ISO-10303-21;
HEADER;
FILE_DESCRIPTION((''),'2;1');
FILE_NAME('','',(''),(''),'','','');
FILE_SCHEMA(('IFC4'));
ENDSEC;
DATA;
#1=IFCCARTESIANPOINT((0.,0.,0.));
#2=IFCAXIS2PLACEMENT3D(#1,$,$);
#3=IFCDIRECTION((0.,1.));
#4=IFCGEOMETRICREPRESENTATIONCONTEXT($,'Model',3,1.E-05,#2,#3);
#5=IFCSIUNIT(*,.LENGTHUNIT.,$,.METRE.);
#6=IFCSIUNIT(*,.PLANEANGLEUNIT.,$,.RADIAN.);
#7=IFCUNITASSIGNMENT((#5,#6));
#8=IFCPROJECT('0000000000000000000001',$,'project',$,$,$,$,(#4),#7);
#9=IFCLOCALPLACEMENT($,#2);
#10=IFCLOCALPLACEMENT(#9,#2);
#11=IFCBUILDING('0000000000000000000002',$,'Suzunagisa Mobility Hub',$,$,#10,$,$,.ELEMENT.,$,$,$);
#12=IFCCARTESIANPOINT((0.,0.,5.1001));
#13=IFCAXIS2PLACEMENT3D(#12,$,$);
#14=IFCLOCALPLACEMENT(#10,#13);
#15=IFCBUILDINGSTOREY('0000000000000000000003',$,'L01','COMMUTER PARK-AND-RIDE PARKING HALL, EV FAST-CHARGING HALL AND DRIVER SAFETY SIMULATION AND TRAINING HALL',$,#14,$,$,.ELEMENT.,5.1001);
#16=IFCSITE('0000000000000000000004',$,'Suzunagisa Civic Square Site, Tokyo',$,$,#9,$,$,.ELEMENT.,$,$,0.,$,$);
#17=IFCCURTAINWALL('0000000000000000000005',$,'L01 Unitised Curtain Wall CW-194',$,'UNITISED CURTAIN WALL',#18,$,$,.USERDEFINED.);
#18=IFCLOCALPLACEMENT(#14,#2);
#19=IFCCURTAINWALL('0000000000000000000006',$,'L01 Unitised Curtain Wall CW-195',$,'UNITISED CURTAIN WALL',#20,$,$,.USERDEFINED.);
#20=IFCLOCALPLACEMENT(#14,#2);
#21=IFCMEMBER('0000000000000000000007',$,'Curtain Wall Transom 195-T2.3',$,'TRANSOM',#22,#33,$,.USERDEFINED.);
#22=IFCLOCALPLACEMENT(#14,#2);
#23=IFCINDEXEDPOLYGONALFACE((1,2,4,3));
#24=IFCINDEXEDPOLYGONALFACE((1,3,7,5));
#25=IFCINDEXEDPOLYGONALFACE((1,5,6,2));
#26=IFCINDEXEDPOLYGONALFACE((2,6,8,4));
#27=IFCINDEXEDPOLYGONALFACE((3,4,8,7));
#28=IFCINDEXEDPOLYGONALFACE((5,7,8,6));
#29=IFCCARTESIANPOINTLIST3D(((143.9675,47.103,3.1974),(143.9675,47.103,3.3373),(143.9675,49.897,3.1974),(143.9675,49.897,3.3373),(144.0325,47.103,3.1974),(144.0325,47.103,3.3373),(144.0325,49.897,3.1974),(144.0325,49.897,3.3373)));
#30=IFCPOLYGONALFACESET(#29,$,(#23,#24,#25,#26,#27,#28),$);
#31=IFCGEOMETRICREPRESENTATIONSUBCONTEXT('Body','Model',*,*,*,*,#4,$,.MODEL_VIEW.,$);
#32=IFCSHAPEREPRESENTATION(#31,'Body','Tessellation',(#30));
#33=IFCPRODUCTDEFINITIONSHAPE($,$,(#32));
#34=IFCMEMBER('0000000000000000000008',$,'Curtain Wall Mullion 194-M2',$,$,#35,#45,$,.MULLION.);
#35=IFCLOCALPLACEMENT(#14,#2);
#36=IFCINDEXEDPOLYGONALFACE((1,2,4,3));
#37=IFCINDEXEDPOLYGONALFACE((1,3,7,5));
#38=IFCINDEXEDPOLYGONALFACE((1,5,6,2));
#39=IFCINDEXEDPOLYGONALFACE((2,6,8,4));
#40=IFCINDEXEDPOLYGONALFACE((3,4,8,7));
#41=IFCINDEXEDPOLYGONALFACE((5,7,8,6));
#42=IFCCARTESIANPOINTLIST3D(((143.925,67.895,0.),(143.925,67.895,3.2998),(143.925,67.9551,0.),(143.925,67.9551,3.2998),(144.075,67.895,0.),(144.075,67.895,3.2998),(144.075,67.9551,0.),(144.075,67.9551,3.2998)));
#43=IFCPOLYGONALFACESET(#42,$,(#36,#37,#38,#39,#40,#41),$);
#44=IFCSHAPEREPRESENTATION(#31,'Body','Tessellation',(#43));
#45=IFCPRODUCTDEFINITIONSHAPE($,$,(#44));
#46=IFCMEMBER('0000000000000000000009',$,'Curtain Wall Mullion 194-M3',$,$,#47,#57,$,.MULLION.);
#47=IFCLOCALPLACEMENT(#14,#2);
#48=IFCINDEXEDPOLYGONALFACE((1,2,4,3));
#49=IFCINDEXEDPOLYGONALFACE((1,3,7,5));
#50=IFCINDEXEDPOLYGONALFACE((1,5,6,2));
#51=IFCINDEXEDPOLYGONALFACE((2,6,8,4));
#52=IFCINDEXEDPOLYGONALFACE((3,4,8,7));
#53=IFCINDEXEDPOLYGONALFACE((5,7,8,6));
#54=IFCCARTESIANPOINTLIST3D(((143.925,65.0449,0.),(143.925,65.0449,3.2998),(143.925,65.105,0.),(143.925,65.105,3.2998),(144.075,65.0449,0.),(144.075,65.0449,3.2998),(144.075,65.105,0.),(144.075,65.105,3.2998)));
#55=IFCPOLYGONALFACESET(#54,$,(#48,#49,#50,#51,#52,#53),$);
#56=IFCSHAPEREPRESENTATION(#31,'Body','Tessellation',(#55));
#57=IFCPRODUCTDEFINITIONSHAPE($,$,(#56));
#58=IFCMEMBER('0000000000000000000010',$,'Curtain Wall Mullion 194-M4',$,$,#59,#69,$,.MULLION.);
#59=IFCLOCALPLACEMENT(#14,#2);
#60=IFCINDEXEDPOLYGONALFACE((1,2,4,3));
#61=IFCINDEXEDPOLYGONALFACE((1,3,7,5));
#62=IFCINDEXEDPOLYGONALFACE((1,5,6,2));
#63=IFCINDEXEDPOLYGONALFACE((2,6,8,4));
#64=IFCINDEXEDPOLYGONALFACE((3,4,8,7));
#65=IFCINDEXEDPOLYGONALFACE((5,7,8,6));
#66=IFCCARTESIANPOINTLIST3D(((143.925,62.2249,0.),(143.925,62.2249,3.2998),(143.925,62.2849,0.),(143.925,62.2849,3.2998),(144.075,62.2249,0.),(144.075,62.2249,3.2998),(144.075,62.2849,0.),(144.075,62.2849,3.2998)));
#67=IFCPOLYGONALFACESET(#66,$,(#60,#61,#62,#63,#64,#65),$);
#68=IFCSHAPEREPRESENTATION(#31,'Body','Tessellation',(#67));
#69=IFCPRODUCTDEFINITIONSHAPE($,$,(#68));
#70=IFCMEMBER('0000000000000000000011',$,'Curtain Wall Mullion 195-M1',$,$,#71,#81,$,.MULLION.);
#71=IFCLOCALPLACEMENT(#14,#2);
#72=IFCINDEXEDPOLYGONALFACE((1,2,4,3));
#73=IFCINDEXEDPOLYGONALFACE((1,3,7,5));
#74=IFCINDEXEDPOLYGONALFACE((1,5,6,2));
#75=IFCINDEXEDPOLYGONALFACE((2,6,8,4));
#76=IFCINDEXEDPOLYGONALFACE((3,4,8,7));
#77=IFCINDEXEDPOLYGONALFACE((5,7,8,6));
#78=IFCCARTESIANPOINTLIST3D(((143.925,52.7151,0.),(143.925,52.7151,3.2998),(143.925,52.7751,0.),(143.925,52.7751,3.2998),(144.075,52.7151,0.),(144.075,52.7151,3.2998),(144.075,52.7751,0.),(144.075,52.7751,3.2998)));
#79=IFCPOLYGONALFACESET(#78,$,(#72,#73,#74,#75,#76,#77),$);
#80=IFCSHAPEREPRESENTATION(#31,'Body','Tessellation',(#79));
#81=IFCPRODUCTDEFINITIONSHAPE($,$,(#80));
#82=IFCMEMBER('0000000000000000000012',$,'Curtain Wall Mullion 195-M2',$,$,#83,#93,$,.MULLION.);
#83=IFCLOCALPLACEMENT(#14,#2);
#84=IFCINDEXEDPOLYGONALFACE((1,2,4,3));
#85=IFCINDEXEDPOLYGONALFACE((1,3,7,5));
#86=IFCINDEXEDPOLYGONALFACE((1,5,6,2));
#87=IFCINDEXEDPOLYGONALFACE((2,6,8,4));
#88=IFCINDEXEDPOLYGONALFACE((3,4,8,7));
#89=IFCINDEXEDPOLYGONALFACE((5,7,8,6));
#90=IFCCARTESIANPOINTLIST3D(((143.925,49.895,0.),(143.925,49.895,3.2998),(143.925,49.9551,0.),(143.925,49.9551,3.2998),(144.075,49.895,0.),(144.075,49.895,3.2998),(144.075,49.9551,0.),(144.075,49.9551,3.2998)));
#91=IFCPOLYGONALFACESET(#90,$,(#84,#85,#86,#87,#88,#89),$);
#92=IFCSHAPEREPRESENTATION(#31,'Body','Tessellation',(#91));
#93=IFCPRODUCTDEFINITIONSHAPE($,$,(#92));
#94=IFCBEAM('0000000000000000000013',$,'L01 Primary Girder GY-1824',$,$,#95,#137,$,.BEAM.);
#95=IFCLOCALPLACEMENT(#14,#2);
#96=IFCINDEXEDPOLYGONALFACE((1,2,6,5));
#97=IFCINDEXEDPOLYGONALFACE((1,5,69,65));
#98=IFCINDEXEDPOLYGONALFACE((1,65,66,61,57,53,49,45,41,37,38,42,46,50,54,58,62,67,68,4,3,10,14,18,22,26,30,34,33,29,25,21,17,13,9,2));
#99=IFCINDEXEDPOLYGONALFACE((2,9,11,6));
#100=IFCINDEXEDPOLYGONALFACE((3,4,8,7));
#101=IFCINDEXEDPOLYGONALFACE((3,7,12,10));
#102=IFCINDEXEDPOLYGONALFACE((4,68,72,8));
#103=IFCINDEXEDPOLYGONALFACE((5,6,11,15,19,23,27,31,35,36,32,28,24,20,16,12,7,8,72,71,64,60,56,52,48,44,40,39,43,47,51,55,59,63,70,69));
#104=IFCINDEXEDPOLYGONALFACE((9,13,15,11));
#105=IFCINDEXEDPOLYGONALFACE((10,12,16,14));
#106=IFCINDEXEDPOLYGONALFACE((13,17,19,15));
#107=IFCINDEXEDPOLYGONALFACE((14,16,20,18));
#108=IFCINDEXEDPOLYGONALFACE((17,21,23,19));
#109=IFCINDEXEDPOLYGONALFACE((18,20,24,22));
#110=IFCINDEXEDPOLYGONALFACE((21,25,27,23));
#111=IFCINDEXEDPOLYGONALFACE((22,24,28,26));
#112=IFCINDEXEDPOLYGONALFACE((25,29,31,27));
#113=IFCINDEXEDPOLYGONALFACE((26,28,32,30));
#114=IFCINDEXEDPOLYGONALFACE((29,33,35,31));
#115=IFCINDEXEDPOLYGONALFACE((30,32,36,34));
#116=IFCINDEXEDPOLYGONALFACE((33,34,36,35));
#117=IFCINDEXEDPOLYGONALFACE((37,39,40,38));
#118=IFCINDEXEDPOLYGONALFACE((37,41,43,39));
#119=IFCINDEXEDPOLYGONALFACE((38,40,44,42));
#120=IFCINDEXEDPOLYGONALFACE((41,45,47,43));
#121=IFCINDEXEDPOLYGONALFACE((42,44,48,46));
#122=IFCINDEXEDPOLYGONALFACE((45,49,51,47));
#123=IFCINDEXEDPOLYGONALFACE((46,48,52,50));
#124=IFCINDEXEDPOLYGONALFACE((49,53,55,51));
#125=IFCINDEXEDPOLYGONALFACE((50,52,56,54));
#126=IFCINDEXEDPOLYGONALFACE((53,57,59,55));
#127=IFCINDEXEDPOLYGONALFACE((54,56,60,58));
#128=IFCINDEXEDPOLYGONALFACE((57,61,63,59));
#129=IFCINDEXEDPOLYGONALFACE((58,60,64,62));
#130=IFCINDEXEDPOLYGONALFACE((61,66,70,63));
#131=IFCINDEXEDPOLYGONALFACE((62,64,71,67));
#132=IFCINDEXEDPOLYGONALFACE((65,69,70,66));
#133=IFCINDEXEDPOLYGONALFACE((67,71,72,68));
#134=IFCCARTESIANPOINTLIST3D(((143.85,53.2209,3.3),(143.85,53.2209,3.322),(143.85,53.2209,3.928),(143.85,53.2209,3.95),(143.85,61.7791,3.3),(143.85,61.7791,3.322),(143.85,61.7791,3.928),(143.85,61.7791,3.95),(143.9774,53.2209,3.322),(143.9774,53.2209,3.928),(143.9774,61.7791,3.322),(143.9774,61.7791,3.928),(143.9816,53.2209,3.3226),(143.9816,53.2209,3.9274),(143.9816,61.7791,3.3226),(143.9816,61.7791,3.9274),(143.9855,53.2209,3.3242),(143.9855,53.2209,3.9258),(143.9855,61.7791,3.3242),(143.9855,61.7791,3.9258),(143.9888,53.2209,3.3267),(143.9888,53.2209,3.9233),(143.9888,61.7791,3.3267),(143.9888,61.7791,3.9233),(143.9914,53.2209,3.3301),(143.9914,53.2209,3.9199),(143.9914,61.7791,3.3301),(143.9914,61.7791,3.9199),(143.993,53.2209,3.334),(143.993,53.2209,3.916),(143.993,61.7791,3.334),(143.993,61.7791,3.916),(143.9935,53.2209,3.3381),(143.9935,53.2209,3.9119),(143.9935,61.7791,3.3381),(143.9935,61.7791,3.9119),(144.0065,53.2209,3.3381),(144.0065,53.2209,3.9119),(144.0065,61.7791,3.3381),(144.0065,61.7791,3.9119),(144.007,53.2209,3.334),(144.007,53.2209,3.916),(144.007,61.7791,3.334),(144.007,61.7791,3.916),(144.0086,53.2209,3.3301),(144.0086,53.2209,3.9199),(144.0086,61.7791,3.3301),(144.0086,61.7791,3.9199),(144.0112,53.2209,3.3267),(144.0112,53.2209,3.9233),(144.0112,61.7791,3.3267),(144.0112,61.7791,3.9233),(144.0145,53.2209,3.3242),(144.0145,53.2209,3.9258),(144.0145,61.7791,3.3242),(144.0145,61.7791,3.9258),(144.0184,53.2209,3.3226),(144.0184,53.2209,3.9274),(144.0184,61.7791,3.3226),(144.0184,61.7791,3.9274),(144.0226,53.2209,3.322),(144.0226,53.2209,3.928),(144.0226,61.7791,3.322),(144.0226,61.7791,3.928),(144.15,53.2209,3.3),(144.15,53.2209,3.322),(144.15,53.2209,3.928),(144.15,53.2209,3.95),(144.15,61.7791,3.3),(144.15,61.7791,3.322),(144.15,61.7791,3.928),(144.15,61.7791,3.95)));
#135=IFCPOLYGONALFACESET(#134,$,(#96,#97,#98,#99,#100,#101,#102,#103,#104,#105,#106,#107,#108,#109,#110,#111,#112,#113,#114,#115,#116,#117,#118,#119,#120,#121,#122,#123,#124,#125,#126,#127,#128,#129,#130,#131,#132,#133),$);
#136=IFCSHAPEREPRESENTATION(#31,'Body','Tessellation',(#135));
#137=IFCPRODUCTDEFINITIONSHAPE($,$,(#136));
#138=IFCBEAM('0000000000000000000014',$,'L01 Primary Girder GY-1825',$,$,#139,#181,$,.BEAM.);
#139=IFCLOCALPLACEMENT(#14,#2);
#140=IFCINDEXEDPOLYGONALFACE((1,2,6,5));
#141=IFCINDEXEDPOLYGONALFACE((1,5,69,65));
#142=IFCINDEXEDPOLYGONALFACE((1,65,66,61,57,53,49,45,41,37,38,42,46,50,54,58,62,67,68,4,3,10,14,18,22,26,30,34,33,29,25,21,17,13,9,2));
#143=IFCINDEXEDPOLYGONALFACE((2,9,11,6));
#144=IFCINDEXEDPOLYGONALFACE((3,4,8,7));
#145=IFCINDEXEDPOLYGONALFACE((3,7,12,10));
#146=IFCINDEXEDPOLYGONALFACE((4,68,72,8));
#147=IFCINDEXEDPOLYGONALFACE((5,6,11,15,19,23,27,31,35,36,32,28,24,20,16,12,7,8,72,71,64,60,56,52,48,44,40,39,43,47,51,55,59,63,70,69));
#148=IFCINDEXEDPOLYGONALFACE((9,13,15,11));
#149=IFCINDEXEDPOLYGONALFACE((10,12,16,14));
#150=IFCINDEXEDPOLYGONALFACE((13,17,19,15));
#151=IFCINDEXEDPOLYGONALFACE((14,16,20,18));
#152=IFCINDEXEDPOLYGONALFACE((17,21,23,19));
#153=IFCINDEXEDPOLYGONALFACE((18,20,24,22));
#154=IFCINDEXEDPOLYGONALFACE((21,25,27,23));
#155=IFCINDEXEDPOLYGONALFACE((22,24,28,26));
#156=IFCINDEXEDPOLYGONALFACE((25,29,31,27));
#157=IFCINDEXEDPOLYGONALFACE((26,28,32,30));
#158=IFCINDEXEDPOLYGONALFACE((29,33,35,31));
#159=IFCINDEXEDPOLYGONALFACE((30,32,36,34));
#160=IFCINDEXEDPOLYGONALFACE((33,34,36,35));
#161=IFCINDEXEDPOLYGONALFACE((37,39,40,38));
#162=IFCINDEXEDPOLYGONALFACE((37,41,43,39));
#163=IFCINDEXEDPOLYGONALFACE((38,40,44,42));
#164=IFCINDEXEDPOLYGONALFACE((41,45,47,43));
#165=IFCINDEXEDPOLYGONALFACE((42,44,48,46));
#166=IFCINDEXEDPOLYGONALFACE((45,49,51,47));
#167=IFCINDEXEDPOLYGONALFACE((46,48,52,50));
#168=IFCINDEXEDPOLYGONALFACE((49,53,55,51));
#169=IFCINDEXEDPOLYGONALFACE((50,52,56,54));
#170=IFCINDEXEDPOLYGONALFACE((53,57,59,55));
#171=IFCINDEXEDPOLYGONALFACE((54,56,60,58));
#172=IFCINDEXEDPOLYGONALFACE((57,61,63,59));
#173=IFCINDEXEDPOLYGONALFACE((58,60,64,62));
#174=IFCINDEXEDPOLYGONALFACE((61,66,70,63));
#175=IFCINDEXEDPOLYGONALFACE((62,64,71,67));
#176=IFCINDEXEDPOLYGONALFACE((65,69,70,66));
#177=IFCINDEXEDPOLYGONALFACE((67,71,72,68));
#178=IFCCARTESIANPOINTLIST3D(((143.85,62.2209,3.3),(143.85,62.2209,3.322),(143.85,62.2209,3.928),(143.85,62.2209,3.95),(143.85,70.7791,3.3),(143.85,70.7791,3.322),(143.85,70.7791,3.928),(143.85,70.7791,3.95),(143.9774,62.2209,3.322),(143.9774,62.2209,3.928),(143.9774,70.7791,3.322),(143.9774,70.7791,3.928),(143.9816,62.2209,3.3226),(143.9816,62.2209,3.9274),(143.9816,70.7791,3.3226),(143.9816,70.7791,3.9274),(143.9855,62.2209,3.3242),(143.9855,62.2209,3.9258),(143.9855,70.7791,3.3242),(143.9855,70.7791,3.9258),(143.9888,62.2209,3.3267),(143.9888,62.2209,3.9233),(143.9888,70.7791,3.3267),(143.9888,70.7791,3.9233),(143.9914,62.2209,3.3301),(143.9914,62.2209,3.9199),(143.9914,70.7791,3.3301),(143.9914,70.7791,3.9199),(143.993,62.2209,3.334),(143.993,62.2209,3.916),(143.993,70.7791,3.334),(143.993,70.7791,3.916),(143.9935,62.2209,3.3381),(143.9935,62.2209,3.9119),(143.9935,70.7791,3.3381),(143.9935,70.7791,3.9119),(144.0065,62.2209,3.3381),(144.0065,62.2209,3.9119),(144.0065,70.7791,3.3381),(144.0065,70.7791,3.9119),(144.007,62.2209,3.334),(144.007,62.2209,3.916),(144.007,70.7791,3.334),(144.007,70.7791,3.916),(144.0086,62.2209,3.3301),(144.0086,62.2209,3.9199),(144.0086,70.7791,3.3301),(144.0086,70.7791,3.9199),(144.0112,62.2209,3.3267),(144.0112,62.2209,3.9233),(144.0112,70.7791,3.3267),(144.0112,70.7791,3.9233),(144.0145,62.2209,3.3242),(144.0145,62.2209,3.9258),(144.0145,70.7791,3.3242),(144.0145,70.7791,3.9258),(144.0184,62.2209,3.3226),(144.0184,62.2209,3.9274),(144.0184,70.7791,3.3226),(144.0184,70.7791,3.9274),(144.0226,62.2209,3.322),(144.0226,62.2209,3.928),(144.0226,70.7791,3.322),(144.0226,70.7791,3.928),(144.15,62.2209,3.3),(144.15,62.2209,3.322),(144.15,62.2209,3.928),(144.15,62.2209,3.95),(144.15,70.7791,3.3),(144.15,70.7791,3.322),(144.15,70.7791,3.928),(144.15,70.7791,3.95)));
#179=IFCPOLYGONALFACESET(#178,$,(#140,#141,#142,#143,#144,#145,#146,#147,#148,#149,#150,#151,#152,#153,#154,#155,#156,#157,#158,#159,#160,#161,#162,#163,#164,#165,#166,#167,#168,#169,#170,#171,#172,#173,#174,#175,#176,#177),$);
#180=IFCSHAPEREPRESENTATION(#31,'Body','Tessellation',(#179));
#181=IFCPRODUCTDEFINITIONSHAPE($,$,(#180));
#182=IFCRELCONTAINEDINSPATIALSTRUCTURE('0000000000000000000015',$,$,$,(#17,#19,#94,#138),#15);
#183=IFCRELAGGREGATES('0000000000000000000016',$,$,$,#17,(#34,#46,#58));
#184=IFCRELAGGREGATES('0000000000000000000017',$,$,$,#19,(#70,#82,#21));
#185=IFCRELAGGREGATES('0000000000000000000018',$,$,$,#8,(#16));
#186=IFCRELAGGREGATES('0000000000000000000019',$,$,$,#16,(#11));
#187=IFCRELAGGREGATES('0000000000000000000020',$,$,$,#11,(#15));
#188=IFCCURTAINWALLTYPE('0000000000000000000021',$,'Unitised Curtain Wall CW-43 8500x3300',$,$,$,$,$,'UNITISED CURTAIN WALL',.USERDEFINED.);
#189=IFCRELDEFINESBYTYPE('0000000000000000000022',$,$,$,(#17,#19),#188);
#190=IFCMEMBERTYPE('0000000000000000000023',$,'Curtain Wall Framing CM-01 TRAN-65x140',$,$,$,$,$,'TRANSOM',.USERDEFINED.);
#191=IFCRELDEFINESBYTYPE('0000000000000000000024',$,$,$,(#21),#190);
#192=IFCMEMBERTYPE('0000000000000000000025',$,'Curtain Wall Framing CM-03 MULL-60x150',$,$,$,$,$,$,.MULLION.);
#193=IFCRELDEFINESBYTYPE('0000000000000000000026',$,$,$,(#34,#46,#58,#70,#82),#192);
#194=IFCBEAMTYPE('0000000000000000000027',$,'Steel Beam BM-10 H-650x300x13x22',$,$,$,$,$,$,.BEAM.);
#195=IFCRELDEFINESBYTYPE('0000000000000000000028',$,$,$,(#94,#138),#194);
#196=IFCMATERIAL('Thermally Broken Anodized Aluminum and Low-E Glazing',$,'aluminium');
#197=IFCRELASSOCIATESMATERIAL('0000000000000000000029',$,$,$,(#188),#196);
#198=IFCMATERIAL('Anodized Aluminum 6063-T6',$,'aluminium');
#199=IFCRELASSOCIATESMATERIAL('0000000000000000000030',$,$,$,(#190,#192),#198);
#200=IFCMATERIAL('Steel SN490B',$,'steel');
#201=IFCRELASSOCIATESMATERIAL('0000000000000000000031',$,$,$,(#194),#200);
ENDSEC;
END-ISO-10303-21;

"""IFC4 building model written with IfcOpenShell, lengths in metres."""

from ifc_helpers import new_model, si_unit, direction, frame, origin, origin_2d, place, context, subcontext, project, spatial, rectangle, i_section, extrude, material, material_profile, profile_set, type_object, element, aggregate, save


model = new_model("IFC4")

# Units and contexts
model_context = context("Model", 3, precision=1e-05, world=origin(), true_north=direction((0.0, 1.0)))
body_context = subcontext(model_context, "Body", "Model", "MODEL_VIEW")
ifc_project = project(units=[si_unit("LENGTHUNIT", "METRE"), si_unit("PLANEANGLEUNIT", "RADIAN")], contexts=[model_context])

# Site, building, storey
site_placement = place(None, origin())
site = spatial("IfcSite", under=ifc_project, at=site_placement, Name="Suzunagisa Civic Square Site, Tokyo", CompositionType="ELEMENT", RefElevation=0.0)
building_placement = place(site_placement, origin())
building = spatial("IfcBuilding", under=site, at=building_placement, Name="Suzunagisa Mobility Hub", CompositionType="ELEMENT")
storey_placement = place(building_placement, frame((0.0, 0.0, 5.1001)))
storey = spatial("IfcBuildingStorey", under=building, at=storey_placement, Name="L01", Description="COMMUTER PARK-AND-RIDE PARKING HALL, EV FAST-CHARGING HALL AND DRIVER SAFETY SIMULATION AND TRAINING HALL", CompositionType="ELEMENT", Elevation=5.1001)

# Shared definitions
ifc_material_1 = material(Name="Steel SN490B", Category="steel")

# Curtain walls, member
ifc_material_2 = material(Name="Thermally Broken Anodized Aluminum and Low-E Glazing", Category="aluminium")
curtain_wall_type = type_object("IfcCurtainWallType", Name="Unitised Curtain Wall CW-43 8500x3300", ElementType="UNITISED CURTAIN WALL", PredefinedType="USERDEFINED", material=ifc_material_2)
curtain_wall_1_placement = place(storey_placement, origin())
curtain_wall_1 = element("IfcCurtainWall", 1, at=curtain_wall_1_placement, inside=storey, type_object=curtain_wall_type, Name="L01 Unitised Curtain Wall CW-194", ObjectType="UNITISED CURTAIN WALL", PredefinedType="USERDEFINED")
ifc_material_3 = material(Name="Anodized Aluminum 6063-T6", Category="aluminium")
ifc_material_profile_1 = material_profile(ifc_material_3, rectangle(XDim=0.0649, YDim=0.1399, at=origin_2d()), Name="TRAN-65x140")
ifc_profile_set_1 = profile_set([ifc_material_profile_1], Name="Anodized Aluminum 6063-T6")
member_type_1 = type_object("IfcMemberType", Name="Curtain Wall Framing CM-01 TRAN-65x140", ElementType="TRANSOM", PredefinedType="USERDEFINED", material=ifc_profile_set_1)
curtain_wall_2_placement = place(storey_placement, origin())
curtain_wall_2 = element("IfcCurtainWall", 2, at=curtain_wall_2_placement, inside=storey, type_object=curtain_wall_type, Name="L01 Unitised Curtain Wall CW-195", ObjectType="UNITISED CURTAIN WALL", PredefinedType="USERDEFINED")
member_1_placement = place(storey_placement, frame((144.0, 49.897, 3.2673), z_axis=(0.0, -1.0, 0.0), x_axis=(1.0, 0.0, 0.0)))
member_1 = element("IfcMember", 3, at=member_1_placement, type_object=member_type_1, Name="Curtain Wall Transom 195-T2.3", ObjectType="TRANSOM", PredefinedType="USERDEFINED", context=body_context, shape_type="SweptSolid", body=[
    extrude(rectangle(XDim=0.0649, YDim=0.1399, at=origin_2d()), origin(), (0.0, 0.0, 1.0), 2.7939),
])

# Members
ifc_material_profile_2 = material_profile(ifc_material_3, rectangle(XDim=0.0601, YDim=0.1499, at=origin_2d()), Name="MULL-60x150")
ifc_profile_set_2 = profile_set([ifc_material_profile_2], Name="Anodized Aluminum 6063-T6")
member_type_2 = type_object("IfcMemberType", Name="Curtain Wall Framing CM-03 MULL-60x150", PredefinedType="MULLION", material=ifc_profile_set_2)
member_2_placement = place(storey_placement, frame((144.0, 67.925, 0.0), z_axis=(0.0, 0.0, 1.0), x_axis=(0.0, -1.0, 0.0)))
member_2 = element("IfcMember", 4, at=member_2_placement, type_object=member_type_2, Name="Curtain Wall Mullion 194-M2", PredefinedType="MULLION", context=body_context, shape_type="SweptSolid", body=[
    extrude(rectangle(XDim=0.0601, YDim=0.1499, at=origin_2d()), origin(), (0.0, 0.0, 1.0), 3.2998),
])
member_3_placement = place(storey_placement, frame((144.0, 65.075, 0.0), z_axis=(0.0, 0.0, 1.0), x_axis=(0.0, -1.0, 0.0)))
member_3 = element("IfcMember", 5, at=member_3_placement, type_object=member_type_2, Name="Curtain Wall Mullion 194-M3", PredefinedType="MULLION", context=body_context, shape_type="SweptSolid", body=[
    extrude(rectangle(XDim=0.0601, YDim=0.1499, at=origin_2d()), origin(), (0.0, 0.0, 1.0), 3.2998),
])
member_4_placement = place(storey_placement, frame((144.0, 62.2549, 0.0), z_axis=(0.0, 0.0, 1.0), x_axis=(0.0, -1.0, 0.0)))
member_4 = element("IfcMember", 6, at=member_4_placement, type_object=member_type_2, Name="Curtain Wall Mullion 194-M4", PredefinedType="MULLION", context=body_context, shape_type="SweptSolid", body=[
    extrude(rectangle(XDim=0.0601, YDim=0.1499, at=origin_2d()), origin(), (0.0, 0.0, 1.0), 3.2998),
])
member_5_placement = place(storey_placement, frame((144.0, 52.7451, 0.0), z_axis=(0.0, 0.0, 1.0), x_axis=(0.0, -1.0, 0.0)))
member_5 = element("IfcMember", 7, at=member_5_placement, type_object=member_type_2, Name="Curtain Wall Mullion 195-M1", PredefinedType="MULLION", context=body_context, shape_type="SweptSolid", body=[
    extrude(rectangle(XDim=0.0601, YDim=0.1499, at=origin_2d()), origin(), (0.0, 0.0, 1.0), 3.2998),
])
member_6_placement = place(storey_placement, frame((144.0, 49.925, 0.0), z_axis=(0.0, 0.0, 1.0), x_axis=(0.0, -1.0, 0.0)))
member_6 = element("IfcMember", 8, at=member_6_placement, type_object=member_type_2, Name="Curtain Wall Mullion 195-M2", PredefinedType="MULLION", context=body_context, shape_type="SweptSolid", body=[
    extrude(rectangle(XDim=0.0601, YDim=0.1499, at=origin_2d()), origin(), (0.0, 0.0, 1.0), 3.2998),
])

# Beams
ifc_material_profile_3 = material_profile(ifc_material_1, i_section(OverallWidth=0.3, OverallDepth=0.6499, WebThickness=0.0129, FlangeThickness=0.022, FilletRadius=0.0161, at=origin_2d()), Name="H-650x300x13x22")
ifc_profile_set_3 = profile_set([ifc_material_profile_3], Name="Steel SN490B")
beam_type_1 = type_object("IfcBeamType", Name="Steel Beam BM-10 H-650x300x13x22", PredefinedType="BEAM", material=ifc_profile_set_3)
for number, where, z_axis, x_axis, name in (
    (9, (144.0, 53.2209, 3.625), (0.0, 1.0, 0.0), (-1.0, 0.0, 0.0), "L01 Primary Girder GY-1824"),
    (10, (144.0, 62.2209, 3.625), (0.0, 1.0, 0.0), (-1.0, 0.0, 0.0), "L01 Primary Girder GY-1825"),
):
    element("IfcBeam", number, at=place(storey_placement, frame(where, z_axis=z_axis, x_axis=x_axis)), inside=storey, type_object=beam_type_1, Name=name, PredefinedType="BEAM", context=body_context, shape_type="SweptSolid", body=[
        extrude(i_section(OverallWidth=0.3, OverallDepth=0.6499, WebThickness=0.0129, FlangeThickness=0.022, FilletRadius=0.0161, at=origin_2d()), origin(), (0.0, 0.0, 1.0), 8.5581),
    ])

aggregate(curtain_wall_1, [member_2, member_3, member_4])
aggregate(curtain_wall_2, [member_5, member_6, member_1])

save(model, "model.ifc")
